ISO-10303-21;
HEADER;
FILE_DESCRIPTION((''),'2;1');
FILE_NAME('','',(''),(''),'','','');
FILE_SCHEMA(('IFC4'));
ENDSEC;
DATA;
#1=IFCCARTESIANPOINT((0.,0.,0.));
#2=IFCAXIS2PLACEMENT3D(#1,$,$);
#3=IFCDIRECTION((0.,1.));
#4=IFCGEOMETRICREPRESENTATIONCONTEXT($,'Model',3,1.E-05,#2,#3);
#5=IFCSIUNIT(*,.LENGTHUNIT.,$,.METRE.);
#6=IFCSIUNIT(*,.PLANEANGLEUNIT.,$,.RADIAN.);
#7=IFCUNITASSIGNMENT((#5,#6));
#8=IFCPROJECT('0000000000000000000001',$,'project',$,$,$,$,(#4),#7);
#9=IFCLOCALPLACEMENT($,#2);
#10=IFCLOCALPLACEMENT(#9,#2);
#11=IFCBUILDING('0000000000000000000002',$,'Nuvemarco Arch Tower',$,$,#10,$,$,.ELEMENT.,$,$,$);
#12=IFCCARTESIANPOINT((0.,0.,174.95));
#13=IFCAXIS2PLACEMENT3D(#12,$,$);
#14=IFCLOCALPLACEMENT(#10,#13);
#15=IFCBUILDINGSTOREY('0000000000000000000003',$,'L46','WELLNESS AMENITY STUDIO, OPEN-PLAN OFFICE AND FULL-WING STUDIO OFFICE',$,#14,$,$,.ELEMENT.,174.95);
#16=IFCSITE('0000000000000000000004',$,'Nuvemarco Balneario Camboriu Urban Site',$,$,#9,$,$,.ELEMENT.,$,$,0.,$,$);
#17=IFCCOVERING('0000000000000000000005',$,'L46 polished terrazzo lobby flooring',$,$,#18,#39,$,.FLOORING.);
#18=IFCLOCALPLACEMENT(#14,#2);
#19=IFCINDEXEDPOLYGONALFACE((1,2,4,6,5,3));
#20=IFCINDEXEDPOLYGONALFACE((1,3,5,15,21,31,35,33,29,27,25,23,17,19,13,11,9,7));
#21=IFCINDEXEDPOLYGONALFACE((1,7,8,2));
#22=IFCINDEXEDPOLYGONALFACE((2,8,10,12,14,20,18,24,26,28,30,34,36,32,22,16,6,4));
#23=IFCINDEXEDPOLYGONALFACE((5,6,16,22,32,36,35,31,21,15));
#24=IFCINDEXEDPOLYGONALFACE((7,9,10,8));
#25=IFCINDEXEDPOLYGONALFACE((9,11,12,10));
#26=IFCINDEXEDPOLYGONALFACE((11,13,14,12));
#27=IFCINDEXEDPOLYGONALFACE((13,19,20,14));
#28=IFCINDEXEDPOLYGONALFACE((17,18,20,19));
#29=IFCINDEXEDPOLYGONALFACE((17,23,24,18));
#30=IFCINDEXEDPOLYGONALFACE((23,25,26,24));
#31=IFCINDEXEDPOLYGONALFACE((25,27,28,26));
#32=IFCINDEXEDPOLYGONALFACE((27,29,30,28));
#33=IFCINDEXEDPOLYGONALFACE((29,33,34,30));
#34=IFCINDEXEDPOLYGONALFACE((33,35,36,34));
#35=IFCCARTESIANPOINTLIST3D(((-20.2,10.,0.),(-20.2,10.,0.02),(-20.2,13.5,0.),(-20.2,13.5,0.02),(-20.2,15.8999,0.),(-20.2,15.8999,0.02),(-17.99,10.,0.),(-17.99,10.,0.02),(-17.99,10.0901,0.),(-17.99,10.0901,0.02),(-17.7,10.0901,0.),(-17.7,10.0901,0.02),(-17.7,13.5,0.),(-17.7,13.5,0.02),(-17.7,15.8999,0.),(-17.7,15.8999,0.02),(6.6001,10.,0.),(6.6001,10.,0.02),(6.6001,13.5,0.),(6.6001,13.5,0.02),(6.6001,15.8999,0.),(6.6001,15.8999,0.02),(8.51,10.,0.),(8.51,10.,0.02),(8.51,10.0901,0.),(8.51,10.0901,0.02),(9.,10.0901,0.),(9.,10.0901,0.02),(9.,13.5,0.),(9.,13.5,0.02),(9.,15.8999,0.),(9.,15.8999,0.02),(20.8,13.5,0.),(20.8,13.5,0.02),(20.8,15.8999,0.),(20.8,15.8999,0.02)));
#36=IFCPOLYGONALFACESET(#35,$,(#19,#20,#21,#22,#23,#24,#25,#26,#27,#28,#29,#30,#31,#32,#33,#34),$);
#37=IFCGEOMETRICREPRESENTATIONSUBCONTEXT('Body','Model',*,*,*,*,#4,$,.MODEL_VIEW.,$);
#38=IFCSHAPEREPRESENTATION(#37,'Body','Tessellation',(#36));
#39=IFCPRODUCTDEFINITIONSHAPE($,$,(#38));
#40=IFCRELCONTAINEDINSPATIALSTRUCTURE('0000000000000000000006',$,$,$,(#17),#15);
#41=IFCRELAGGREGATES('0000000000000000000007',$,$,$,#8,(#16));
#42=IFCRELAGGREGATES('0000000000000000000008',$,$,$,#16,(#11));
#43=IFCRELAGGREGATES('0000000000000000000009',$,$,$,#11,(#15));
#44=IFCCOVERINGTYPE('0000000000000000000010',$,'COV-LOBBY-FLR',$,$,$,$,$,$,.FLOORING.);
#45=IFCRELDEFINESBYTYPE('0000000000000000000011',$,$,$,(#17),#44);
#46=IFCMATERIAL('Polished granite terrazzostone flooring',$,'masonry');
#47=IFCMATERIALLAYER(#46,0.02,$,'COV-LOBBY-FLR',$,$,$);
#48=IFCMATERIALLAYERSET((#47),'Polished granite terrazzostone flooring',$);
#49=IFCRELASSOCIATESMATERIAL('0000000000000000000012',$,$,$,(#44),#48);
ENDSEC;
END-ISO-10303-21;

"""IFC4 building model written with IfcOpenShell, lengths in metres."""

from ifc_helpers import new_model, si_unit, direction, frame, origin, place, context, subcontext, project, spatial, polyline, outline, extrude, material, layer, layer_set, type_object, element, save


model = new_model("IFC4")

# Units and contexts
model_context = context("Model", 3, precision=1e-05, world=origin(), true_north=direction((0.0, 1.0)))
body_context = subcontext(model_context, "Body", "Model", "MODEL_VIEW")
ifc_project = project(units=[si_unit("LENGTHUNIT", "METRE"), si_unit("PLANEANGLEUNIT", "RADIAN")], contexts=[model_context])

# Site, building, storey
site_placement = place(None, origin())
site = spatial("IfcSite", under=ifc_project, at=site_placement, Name="Nuvemarco Balneario Camboriu Urban Site", CompositionType="ELEMENT", RefElevation=0.0)
building_placement = place(site_placement, origin())
building = spatial("IfcBuilding", under=site, at=building_placement, Name="Nuvemarco Arch Tower", CompositionType="ELEMENT")
storey_placement = place(building_placement, frame((0.0, 0.0, 174.95)))
storey = spatial("IfcBuildingStorey", under=building, at=storey_placement, Name="L46", Description="WELLNESS AMENITY STUDIO, OPEN-PLAN OFFICE AND FULL-WING STUDIO OFFICE", CompositionType="ELEMENT", Elevation=174.95)

# Covering
ifc_material_1 = material(Name="Polished granite terrazzostone flooring", Category="masonry")
ifc_layer_1 = layer(ifc_material_1, 0.02, Name="COV-LOBBY-FLR")
ifc_layer_set_1 = layer_set([ifc_layer_1], Name="Polished granite terrazzostone flooring")
covering_type_1 = type_object("IfcCoveringType", Name="COV-LOBBY-FLR", PredefinedType="FLOORING", material=ifc_layer_set_1)
covering_1_placement = place(storey_placement, origin())
element("IfcCovering", 1, at=covering_1_placement, inside=storey, type_object=covering_type_1, Name="L46 polished terrazzo lobby flooring", PredefinedType="FLOORING", context=body_context, shape_type="SweptSolid", body=[
    extrude(outline(polyline([(-20.2, 13.5), (-20.2, 15.8999), (-17.7, 15.8999), (6.6001, 15.8999), (9.0, 15.8999), (20.8, 15.8999), (20.8, 13.5), (9.0, 13.5), (9.0, 10.0901), (8.51, 10.0901), (8.51, 10.0), (6.6001, 10.0), (6.6001, 13.5), (-17.7, 13.5), (-17.7, 10.0901), (-17.99, 10.0901), (-17.99, 10.0), (-20.2, 10.0), (-20.2, 13.5)])), origin(), (0.0, 0.0, 1.0), 0.02),
])

save(model, "model.ifc")
